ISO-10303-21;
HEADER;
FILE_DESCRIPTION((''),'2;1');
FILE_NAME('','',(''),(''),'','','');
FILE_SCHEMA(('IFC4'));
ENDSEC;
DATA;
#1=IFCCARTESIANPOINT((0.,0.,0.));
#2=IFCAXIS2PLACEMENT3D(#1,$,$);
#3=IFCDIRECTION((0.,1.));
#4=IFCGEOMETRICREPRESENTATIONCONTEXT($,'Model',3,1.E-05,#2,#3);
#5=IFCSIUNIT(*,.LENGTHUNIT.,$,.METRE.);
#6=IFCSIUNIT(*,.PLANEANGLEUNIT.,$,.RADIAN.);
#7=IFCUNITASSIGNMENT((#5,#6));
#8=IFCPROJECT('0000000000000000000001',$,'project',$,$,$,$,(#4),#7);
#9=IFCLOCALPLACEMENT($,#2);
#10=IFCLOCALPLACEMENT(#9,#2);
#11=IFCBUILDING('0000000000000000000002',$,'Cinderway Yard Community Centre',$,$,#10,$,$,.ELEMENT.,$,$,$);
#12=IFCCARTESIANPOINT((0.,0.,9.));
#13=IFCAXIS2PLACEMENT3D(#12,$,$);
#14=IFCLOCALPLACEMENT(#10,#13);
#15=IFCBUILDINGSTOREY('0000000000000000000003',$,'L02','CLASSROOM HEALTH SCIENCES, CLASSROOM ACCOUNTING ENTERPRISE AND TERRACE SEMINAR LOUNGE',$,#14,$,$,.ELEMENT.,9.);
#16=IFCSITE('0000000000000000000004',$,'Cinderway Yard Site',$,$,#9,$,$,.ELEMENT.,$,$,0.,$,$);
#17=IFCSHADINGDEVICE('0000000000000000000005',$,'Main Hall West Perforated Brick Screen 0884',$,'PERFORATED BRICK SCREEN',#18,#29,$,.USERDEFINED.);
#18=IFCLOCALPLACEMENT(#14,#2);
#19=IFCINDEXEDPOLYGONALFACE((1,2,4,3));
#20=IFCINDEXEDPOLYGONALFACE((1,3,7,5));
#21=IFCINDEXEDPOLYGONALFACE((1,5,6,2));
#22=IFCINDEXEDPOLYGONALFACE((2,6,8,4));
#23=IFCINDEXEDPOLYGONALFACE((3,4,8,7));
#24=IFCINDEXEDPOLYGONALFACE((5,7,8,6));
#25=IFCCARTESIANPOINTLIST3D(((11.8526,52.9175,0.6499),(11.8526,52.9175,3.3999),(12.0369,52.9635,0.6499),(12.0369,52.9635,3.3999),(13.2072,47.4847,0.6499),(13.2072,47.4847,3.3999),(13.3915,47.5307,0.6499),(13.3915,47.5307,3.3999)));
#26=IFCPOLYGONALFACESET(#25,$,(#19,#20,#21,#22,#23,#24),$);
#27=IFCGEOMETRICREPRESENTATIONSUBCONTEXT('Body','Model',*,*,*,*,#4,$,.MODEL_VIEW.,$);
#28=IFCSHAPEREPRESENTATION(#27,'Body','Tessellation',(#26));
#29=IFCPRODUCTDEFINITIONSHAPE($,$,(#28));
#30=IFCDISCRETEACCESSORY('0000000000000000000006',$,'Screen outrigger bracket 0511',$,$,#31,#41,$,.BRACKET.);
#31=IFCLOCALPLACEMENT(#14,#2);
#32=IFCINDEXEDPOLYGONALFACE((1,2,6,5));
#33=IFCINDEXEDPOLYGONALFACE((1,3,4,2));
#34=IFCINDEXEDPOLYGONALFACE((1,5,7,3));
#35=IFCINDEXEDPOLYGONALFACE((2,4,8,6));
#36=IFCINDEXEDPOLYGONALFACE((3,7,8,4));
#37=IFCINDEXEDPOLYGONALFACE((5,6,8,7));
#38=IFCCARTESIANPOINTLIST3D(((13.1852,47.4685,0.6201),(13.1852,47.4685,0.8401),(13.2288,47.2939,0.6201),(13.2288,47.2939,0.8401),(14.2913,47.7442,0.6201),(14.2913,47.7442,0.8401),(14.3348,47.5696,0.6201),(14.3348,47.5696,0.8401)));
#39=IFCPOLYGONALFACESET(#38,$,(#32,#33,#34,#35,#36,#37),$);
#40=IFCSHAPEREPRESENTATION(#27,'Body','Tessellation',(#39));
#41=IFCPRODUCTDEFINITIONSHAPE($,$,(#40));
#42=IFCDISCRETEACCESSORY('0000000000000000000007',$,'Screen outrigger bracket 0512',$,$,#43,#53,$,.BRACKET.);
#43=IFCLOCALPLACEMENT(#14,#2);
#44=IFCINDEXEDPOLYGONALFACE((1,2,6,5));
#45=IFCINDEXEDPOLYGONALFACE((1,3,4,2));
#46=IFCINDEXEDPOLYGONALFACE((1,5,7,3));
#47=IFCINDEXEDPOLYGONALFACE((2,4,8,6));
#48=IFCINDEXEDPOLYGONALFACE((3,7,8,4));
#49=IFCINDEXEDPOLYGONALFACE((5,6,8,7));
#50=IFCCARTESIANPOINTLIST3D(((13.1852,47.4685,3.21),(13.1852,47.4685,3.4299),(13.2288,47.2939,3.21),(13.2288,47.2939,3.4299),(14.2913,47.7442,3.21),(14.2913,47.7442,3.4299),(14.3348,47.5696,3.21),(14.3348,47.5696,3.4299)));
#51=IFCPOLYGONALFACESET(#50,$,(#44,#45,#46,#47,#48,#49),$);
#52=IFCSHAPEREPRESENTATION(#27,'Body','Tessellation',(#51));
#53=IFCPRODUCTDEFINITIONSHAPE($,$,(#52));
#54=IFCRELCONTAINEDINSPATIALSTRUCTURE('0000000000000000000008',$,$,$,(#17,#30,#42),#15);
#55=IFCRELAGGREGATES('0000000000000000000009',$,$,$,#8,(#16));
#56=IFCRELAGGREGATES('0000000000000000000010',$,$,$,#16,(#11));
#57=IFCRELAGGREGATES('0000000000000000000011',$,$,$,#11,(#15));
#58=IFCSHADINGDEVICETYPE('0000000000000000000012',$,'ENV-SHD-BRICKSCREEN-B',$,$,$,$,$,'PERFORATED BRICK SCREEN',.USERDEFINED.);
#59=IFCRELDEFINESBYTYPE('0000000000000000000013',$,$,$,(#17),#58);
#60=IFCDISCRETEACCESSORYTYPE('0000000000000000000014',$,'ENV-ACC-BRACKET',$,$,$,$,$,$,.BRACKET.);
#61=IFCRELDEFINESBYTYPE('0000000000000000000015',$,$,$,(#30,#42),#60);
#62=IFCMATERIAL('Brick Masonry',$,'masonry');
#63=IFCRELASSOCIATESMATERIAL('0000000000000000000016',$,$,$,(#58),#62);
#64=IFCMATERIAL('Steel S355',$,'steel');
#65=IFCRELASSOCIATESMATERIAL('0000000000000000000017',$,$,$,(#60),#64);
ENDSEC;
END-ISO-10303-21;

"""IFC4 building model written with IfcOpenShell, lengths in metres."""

from ifc_helpers import new_model, si_unit, direction, frame, origin, origin_2d, place, context, subcontext, project, spatial, rectangle, extrude, material, type_object, element, save


model = new_model("IFC4")

# Units and contexts
model_context = context("Model", 3, precision=1e-05, world=origin(), true_north=direction((0.0, 1.0)))
body_context = subcontext(model_context, "Body", "Model", "MODEL_VIEW")
ifc_project = project(units=[si_unit("LENGTHUNIT", "METRE"), si_unit("PLANEANGLEUNIT", "RADIAN")], contexts=[model_context])

# Site, building, storey
site_placement = place(None, origin())
site = spatial("IfcSite", under=ifc_project, at=site_placement, Name="Cinderway Yard Site", CompositionType="ELEMENT", RefElevation=0.0)
building_placement = place(site_placement, origin())
building = spatial("IfcBuilding", under=site, at=building_placement, Name="Cinderway Yard Community Centre", CompositionType="ELEMENT")
storey_placement = place(building_placement, frame((0.0, 0.0, 9.0)))
storey = spatial("IfcBuildingStorey", under=building, at=storey_placement, Name="L02", Description="CLASSROOM HEALTH SCIENCES, CLASSROOM ACCOUNTING ENTERPRISE AND TERRACE SEMINAR LOUNGE", CompositionType="ELEMENT", Elevation=9.0)

# Shared definitions
ifc_material_1 = material(Name="Steel S355", Category="steel")

# Shared definitions
ifc_material_2 = material(Name="Brick Masonry", Category="masonry")

# Shading device
shading_device_type = type_object("IfcShadingDeviceType", Name="ENV-SHD-BRICKSCREEN-B", ElementType="PERFORATED BRICK SCREEN", PredefinedType="USERDEFINED", material=ifc_material_2)
shading_device_1_placement = place(storey_placement, frame((12.6221, 50.2241, 0.6499), z_axis=(0.0, 0.0, 1.0), x_axis=(-0.241922, 0.970296, 0.0)))
element("IfcShadingDevice", 1, at=shading_device_1_placement, inside=storey, type_object=shading_device_type, Name="Main Hall West Perforated Brick Screen 0884", ObjectType="PERFORATED BRICK SCREEN", PredefinedType="USERDEFINED", context=body_context, shape_type="SweptSolid", body=[
    extrude(rectangle(XDim=5.5991, YDim=0.1899, at=origin_2d()), origin(), (0.0, 0.0, 1.0), 2.75),
])

# Discrete accessories
discrete_accessory_type = type_object("IfcDiscreteAccessoryType", Name="ENV-ACC-BRACKET", PredefinedType="BRACKET", material=ifc_material_1)
for number, where, z_axis, x_axis, name in (
    (2, (13.76, 47.519, 0.6201), (0.0, 0.0, 1.0), (-0.970296, -0.241922, 0.0), "Screen outrigger bracket 0511"),
    (3, (13.76, 47.519, 3.21), (0.0, 0.0, 1.0), (-0.970296, -0.241922, 0.0), "Screen outrigger bracket 0512"),
):
    element("IfcDiscreteAccessory", number, at=place(storey_placement, frame(where, z_axis=z_axis, x_axis=x_axis)), inside=storey, type_object=discrete_accessory_type, Name=name, PredefinedType="BRACKET", context=body_context, shape_type="SweptSolid", body=[
        extrude(rectangle(XDim=1.1399, YDim=0.1799, at=origin_2d()), origin(), (0.0, 0.0, 1.0), 0.22),
    ])

save(model, "model.ifc")
